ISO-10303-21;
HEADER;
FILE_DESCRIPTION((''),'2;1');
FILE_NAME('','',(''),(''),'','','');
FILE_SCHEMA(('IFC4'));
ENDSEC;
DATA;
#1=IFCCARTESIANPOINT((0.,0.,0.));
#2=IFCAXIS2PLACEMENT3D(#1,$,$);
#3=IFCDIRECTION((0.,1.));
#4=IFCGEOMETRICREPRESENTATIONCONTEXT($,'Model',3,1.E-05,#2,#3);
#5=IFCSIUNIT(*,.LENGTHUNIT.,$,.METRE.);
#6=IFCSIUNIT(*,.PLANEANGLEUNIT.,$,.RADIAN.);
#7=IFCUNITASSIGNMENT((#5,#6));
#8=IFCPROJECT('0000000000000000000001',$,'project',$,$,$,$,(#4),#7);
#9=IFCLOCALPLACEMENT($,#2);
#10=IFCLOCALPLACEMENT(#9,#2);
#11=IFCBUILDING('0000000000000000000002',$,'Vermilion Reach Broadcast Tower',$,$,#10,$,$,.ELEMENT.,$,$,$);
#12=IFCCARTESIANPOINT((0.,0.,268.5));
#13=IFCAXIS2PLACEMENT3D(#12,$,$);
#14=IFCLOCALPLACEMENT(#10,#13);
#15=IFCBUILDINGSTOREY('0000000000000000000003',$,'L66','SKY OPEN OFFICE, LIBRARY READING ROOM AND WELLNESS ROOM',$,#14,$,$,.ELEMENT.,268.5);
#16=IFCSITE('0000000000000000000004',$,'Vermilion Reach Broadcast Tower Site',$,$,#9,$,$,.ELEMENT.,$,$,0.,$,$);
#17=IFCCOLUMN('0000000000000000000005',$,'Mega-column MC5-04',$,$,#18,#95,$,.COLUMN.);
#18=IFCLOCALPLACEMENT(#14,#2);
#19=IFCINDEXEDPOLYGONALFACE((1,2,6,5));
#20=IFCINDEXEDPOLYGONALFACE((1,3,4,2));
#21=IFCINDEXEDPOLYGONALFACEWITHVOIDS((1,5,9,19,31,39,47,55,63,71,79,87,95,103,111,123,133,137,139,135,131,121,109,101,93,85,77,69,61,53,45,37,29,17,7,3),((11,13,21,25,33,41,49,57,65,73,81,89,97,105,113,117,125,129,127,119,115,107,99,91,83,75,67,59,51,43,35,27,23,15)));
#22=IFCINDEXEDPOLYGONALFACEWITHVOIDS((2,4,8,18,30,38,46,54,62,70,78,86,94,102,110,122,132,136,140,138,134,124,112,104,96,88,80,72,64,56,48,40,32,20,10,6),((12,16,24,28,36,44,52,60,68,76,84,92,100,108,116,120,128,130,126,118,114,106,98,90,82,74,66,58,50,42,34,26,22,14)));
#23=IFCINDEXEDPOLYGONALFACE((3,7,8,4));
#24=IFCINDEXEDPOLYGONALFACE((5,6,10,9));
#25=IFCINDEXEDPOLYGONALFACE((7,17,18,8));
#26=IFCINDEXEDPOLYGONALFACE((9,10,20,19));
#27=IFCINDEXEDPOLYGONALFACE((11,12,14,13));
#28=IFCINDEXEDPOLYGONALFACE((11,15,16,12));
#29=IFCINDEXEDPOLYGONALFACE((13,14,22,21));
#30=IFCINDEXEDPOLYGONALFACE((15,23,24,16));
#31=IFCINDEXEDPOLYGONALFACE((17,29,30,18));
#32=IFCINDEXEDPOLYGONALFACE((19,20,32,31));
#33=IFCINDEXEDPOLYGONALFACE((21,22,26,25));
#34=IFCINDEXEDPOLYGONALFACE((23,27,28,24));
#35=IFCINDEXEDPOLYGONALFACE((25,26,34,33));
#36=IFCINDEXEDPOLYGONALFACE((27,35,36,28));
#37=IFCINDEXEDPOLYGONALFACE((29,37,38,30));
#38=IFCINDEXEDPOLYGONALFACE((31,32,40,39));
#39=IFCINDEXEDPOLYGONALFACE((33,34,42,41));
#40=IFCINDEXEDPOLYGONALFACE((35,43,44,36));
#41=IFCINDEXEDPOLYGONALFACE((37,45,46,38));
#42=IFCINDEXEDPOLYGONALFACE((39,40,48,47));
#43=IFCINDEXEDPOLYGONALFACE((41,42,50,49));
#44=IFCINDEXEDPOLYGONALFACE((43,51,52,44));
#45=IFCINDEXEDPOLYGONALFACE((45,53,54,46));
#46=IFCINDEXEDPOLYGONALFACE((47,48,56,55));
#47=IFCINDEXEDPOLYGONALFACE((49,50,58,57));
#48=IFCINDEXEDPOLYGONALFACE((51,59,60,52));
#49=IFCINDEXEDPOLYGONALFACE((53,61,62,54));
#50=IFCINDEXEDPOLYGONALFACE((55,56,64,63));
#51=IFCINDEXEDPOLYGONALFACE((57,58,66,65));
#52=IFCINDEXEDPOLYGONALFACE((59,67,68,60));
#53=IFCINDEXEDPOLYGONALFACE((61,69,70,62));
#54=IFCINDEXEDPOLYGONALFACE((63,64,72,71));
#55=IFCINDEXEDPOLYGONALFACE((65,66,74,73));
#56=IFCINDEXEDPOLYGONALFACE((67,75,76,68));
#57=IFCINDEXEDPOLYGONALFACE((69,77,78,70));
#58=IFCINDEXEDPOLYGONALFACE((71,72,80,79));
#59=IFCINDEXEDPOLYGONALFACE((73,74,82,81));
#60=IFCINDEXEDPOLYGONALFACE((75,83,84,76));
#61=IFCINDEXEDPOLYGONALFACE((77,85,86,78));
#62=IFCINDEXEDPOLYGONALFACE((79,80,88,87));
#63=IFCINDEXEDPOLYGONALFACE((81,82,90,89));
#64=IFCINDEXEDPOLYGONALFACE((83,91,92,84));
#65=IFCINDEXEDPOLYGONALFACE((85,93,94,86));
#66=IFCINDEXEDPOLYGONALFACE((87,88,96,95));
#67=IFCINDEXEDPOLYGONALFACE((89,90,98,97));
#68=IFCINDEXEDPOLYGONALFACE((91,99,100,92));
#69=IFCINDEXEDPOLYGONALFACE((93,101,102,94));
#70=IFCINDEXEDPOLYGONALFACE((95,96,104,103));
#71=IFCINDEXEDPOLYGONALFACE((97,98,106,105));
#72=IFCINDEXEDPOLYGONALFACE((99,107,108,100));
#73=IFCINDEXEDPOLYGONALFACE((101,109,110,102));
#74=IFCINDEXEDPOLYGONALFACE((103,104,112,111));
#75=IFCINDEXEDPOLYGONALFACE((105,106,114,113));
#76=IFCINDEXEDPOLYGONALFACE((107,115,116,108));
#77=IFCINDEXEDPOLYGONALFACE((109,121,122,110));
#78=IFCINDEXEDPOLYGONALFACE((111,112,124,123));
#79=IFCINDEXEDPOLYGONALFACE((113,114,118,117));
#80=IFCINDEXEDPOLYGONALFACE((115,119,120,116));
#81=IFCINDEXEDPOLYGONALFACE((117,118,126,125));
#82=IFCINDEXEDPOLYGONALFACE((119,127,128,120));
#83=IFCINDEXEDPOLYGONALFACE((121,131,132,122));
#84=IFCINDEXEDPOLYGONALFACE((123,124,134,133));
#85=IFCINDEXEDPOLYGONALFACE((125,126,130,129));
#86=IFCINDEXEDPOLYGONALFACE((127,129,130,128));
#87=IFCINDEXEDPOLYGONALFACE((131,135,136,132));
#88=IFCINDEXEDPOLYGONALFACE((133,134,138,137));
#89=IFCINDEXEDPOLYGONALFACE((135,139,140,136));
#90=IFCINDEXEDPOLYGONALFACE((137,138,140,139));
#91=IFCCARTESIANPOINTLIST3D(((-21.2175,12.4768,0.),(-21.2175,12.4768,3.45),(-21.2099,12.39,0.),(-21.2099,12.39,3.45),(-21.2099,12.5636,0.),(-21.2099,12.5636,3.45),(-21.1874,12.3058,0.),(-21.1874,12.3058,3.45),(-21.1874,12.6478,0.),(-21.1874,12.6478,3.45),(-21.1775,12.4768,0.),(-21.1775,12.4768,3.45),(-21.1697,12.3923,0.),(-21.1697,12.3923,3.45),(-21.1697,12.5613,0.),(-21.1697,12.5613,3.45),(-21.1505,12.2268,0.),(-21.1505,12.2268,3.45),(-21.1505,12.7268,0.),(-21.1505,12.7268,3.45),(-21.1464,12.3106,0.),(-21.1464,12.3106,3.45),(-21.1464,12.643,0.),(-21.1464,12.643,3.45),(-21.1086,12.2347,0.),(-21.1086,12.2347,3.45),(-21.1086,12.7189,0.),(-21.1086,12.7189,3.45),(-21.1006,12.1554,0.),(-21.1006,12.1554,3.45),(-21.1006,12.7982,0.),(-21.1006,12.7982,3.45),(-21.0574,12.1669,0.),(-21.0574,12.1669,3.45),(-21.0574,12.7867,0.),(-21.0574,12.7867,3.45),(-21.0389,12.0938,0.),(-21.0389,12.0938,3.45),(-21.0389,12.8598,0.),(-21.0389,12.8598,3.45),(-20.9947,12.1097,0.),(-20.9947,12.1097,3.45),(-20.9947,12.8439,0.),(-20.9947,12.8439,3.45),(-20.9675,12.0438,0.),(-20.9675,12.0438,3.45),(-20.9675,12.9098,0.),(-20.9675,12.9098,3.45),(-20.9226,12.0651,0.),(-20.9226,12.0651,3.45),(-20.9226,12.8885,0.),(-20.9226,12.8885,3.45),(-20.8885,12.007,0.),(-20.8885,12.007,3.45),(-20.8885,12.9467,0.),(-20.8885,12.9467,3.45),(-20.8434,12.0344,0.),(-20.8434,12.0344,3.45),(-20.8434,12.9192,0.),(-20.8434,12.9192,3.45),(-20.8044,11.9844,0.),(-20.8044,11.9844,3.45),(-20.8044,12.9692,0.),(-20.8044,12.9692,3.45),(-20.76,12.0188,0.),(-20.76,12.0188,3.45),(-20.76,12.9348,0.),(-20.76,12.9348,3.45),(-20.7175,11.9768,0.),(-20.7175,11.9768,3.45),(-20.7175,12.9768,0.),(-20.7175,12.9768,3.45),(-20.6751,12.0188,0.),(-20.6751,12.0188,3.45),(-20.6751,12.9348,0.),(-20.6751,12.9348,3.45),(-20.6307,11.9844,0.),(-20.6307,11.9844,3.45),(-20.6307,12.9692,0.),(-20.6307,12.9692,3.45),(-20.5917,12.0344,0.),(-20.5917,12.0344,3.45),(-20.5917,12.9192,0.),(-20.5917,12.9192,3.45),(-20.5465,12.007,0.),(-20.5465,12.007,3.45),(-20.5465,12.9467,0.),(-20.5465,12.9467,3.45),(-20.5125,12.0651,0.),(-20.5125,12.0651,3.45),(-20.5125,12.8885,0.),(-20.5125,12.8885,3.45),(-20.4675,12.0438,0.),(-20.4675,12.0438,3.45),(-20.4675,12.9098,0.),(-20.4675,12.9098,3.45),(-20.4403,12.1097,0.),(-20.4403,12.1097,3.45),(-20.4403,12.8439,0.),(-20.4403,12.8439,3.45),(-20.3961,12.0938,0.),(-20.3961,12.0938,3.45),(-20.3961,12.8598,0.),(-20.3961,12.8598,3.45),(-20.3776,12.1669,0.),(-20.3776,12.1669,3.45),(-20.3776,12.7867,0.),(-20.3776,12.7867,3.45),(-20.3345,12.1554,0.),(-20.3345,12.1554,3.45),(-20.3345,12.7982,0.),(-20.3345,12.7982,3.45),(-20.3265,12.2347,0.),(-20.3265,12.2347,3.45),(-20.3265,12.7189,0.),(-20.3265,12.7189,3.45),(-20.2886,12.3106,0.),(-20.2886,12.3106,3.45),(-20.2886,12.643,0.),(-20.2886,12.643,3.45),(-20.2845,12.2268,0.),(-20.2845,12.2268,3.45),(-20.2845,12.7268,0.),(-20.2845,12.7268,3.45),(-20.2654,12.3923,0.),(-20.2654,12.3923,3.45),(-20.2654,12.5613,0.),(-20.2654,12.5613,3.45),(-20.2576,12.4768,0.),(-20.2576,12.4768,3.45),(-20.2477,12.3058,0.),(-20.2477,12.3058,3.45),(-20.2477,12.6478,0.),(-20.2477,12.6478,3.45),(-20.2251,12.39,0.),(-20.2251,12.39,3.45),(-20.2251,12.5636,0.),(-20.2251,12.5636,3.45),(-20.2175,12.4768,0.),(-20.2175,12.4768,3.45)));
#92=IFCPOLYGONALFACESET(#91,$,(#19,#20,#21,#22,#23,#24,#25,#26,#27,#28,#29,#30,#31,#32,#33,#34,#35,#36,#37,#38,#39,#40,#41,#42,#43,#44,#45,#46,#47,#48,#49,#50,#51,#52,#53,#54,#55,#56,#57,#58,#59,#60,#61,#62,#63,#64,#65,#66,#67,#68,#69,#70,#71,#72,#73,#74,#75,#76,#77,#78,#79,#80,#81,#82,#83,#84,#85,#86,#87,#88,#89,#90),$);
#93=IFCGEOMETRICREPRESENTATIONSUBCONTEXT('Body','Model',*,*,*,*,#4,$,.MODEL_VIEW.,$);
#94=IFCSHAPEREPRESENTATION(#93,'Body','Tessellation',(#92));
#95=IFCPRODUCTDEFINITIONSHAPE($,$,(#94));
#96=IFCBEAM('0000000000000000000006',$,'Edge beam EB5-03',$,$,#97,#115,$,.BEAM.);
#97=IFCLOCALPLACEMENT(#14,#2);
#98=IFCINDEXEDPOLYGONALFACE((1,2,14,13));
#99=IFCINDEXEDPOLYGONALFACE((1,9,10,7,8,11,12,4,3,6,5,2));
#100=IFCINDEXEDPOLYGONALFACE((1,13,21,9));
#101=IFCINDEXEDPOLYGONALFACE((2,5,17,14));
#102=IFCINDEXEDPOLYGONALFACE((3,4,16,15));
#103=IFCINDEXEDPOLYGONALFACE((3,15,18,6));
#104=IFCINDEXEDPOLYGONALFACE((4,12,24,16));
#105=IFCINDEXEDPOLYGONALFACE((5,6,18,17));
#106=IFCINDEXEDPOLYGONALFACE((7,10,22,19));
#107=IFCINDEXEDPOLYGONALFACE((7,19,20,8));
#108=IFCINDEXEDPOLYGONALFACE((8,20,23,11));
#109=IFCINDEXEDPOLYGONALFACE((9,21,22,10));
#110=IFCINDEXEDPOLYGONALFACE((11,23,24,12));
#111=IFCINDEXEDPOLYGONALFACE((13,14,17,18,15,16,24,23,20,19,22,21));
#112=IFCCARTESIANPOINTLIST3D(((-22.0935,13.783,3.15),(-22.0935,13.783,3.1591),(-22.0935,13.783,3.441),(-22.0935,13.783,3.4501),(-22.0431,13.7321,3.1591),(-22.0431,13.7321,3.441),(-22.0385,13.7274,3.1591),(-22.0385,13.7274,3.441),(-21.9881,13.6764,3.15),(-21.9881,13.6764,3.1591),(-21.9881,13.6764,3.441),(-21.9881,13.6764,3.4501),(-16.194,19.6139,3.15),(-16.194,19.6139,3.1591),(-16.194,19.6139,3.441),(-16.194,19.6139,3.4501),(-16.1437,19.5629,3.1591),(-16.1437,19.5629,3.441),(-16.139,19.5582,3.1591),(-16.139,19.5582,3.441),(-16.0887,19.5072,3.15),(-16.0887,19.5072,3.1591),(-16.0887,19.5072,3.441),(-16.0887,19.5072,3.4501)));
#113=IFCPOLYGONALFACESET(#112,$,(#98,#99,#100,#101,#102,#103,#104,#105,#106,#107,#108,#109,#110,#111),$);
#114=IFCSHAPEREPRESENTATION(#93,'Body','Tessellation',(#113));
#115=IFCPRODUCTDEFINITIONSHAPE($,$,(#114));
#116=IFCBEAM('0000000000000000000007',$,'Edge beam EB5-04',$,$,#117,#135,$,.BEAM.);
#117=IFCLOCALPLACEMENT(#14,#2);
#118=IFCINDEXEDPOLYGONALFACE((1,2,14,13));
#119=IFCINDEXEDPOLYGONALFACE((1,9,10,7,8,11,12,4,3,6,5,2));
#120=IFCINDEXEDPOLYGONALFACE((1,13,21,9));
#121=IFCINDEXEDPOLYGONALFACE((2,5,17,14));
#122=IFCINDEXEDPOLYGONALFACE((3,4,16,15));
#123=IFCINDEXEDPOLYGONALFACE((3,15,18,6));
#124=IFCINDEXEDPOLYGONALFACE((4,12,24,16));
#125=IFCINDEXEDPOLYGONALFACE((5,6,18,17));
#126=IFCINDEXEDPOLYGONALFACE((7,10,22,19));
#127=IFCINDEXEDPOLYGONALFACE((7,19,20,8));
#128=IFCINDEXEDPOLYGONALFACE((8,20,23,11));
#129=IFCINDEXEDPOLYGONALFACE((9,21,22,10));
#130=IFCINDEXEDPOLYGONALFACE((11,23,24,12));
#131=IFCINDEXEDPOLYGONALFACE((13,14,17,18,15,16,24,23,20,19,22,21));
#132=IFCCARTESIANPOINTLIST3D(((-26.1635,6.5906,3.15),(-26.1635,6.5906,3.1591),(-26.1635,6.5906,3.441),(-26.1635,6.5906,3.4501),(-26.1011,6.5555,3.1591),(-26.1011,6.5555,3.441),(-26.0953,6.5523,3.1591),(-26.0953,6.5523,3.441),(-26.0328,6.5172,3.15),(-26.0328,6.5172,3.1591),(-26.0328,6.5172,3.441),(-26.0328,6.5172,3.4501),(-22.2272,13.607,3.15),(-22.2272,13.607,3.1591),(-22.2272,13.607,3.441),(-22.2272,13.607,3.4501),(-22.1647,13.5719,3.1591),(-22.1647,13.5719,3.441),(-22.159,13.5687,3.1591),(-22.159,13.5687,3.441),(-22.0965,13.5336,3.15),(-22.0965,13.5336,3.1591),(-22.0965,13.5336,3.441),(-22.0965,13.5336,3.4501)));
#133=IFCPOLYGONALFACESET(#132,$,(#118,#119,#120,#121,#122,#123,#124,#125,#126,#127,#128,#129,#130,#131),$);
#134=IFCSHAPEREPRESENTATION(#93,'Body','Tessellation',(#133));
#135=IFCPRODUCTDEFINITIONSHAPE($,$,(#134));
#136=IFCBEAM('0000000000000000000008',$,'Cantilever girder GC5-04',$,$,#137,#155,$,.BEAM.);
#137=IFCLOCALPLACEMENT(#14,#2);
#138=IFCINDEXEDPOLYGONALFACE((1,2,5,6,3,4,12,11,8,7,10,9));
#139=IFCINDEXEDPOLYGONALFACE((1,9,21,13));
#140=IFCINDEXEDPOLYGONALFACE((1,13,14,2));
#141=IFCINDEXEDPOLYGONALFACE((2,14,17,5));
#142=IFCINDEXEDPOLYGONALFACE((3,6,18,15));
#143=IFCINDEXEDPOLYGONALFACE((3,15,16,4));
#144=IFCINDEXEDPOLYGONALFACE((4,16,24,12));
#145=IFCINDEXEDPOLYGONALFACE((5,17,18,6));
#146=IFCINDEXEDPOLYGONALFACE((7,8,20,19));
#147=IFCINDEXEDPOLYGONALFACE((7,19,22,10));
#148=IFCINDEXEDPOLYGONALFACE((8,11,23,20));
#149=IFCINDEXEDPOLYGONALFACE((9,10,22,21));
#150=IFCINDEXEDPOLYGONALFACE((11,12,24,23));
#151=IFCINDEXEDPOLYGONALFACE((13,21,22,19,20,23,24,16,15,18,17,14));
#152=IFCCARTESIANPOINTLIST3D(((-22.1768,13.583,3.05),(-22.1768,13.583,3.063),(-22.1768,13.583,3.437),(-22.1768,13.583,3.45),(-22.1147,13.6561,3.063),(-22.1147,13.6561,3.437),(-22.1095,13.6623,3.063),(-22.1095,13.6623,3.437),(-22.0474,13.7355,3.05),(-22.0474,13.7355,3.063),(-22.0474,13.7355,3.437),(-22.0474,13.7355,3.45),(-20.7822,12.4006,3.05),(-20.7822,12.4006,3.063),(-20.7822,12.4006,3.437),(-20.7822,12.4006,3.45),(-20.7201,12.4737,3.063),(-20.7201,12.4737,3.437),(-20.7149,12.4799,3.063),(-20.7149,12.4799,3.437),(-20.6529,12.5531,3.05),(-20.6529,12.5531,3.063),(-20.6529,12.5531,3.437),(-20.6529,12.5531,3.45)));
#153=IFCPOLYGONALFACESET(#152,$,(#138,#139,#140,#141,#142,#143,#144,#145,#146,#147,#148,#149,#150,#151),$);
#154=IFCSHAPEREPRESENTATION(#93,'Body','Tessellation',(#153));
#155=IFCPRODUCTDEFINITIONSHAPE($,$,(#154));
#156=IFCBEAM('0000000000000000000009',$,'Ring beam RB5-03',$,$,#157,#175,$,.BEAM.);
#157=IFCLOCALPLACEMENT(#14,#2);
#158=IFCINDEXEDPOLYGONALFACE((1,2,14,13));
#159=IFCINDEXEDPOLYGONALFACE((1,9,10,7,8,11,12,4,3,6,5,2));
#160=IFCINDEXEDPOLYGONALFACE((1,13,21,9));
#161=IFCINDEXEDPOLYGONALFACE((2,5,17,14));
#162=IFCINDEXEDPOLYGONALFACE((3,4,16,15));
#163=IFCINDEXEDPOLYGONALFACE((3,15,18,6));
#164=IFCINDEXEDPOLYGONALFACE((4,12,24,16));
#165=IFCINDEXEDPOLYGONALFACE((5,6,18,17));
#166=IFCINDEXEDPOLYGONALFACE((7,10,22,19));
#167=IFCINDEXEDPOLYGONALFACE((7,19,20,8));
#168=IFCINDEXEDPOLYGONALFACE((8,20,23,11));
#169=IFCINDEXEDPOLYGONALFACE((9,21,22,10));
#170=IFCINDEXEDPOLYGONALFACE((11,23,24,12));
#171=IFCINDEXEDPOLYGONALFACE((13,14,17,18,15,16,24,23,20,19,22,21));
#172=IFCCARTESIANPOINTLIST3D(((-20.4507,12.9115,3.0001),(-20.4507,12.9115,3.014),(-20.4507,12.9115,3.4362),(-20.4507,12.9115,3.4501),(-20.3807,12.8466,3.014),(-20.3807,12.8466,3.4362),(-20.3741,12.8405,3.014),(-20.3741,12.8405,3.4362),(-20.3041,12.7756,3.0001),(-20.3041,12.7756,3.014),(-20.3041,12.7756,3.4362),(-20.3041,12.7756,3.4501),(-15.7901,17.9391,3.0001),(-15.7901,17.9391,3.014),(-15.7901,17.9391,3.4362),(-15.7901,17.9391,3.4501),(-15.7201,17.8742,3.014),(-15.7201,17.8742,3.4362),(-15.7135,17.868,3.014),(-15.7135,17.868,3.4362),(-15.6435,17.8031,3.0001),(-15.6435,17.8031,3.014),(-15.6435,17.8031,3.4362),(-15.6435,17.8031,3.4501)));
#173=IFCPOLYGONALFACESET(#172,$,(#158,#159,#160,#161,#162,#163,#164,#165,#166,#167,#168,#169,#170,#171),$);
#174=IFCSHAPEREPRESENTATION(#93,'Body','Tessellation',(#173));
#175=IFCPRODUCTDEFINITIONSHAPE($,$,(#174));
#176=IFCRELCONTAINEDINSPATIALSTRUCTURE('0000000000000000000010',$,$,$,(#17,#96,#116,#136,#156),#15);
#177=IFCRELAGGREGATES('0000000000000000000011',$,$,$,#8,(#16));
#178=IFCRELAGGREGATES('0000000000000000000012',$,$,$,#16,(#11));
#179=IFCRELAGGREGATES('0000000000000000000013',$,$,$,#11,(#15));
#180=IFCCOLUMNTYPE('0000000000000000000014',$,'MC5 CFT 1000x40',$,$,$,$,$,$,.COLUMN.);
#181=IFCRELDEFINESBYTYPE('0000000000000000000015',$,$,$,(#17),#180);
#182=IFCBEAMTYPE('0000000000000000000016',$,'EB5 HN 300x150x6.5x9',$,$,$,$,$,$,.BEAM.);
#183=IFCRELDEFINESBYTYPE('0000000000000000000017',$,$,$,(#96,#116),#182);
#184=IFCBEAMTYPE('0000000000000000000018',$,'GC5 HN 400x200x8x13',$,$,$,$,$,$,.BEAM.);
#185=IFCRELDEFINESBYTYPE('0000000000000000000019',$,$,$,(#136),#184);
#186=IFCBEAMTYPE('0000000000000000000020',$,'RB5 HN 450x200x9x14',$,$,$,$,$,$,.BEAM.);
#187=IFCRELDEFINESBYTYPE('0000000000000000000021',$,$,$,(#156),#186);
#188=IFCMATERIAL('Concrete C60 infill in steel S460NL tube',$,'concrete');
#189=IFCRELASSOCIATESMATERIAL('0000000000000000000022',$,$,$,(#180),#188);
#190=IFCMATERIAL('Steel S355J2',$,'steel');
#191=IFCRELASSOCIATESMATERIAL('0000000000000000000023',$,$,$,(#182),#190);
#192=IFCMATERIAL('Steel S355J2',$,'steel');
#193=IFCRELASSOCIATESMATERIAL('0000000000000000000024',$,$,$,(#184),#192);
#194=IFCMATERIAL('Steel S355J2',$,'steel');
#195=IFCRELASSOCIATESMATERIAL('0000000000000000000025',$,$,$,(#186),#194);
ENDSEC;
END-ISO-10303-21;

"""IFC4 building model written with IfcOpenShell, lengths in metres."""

from ifc_helpers import new_model, si_unit, direction, frame, origin, origin_2d, place, context, subcontext, project, spatial, hollow_circle, i_section, extrude, material, material_profile, profile_set, type_object, element, save


model = new_model("IFC4")

# Units and contexts
model_context = context("Model", 3, precision=1e-05, world=origin(), true_north=direction((0.0, 1.0)))
body_context = subcontext(model_context, "Body", "Model", "MODEL_VIEW")
ifc_project = project(units=[si_unit("LENGTHUNIT", "METRE"), si_unit("PLANEANGLEUNIT", "RADIAN")], contexts=[model_context])

# Site, building, storey
site_placement = place(None, origin())
site = spatial("IfcSite", under=ifc_project, at=site_placement, Name="Vermilion Reach Broadcast Tower Site", CompositionType="ELEMENT", RefElevation=0.0)
building_placement = place(site_placement, origin())
building = spatial("IfcBuilding", under=site, at=building_placement, Name="Vermilion Reach Broadcast Tower", CompositionType="ELEMENT")
storey_placement = place(building_placement, frame((0.0, 0.0, 268.5)))
storey = spatial("IfcBuildingStorey", under=building, at=storey_placement, Name="L66", Description="SKY OPEN OFFICE, LIBRARY READING ROOM AND WELLNESS ROOM", CompositionType="ELEMENT", Elevation=268.5)

# Column
ifc_material_1 = material(Name="Concrete C60 infill in steel S460NL tube", Category="concrete")
ifc_material_profile_1 = material_profile(ifc_material_1, hollow_circle(Radius=0.5, WallThickness=0.04, at=origin_2d()), Name="Concrete C60 infill in steel S460NL tube CFT 1000x40")
ifc_profile_set_1 = profile_set([ifc_material_profile_1], Name="Concrete C60 infill in steel S460NL tube")
column_type = type_object("IfcColumnType", Name="MC5 CFT 1000x40", PredefinedType="COLUMN", material=ifc_profile_set_1)
column_placement = place(storey_placement, frame((-20.7175, 12.4768, 0.0), z_axis=(0.0, 0.0, 1.0), x_axis=(1.0, 0.0, 0.0)))
element("IfcColumn", 1, at=column_placement, inside=storey, type_object=column_type, Name="Mega-column MC5-04", PredefinedType="COLUMN", context=body_context, shape_type="SweptSolid", body=[
    extrude(hollow_circle(Radius=0.5, WallThickness=0.04, at=origin_2d()), origin(), (0.0, 0.0, 1.0), 3.45),
])

# Beams
ifc_material_2 = material(Name="Steel S355J2", Category="steel")
ifc_material_profile_2 = material_profile(ifc_material_2, i_section(OverallWidth=0.1499, OverallDepth=0.3, WebThickness=0.0066, FlangeThickness=0.009, at=origin_2d()), Name="S355J2 HN 300x150x6.5x9")
ifc_profile_set_2 = profile_set([ifc_material_profile_2], Name="Steel S355J2")
beam_type_1 = type_object("IfcBeamType", Name="EB5 HN 300x150x6.5x9", PredefinedType="BEAM", material=ifc_profile_set_2)
beam_1_placement = place(storey_placement, frame((-16.1414, 19.5605, 3.3), z_axis=(-0.71123, -0.702959, 0.0), x_axis=(0.702959, -0.71123, 0.0)))
element("IfcBeam", 2, at=beam_1_placement, inside=storey, type_object=beam_type_1, Name="Edge beam EB5-03", PredefinedType="BEAM", context=body_context, shape_type="SweptSolid", body=[
    extrude(i_section(OverallWidth=0.1499, OverallDepth=0.3, WebThickness=0.0066, FlangeThickness=0.009, at=origin_2d()), origin(), (0.0, 0.0, 1.0), 8.2947),
])
beam_2_placement = place(storey_placement, frame((-22.1619, 13.5703, 3.3), z_axis=(-0.489277, -0.872129, 0.0), x_axis=(0.872129, -0.489277, 0.0)))
element("IfcBeam", 3, at=beam_2_placement, inside=storey, type_object=beam_type_1, Name="Edge beam EB5-04", PredefinedType="BEAM", context=body_context, shape_type="SweptSolid", body=[
    extrude(i_section(OverallWidth=0.1499, OverallDepth=0.3, WebThickness=0.0066, FlangeThickness=0.009, at=origin_2d()), origin(), (0.0, 0.0, 1.0), 8.0452),
])
ifc_material_3 = material(Name="Steel S355J2", Category="steel")
ifc_material_profile_3 = material_profile(ifc_material_3, i_section(OverallWidth=0.2, OverallDepth=0.3999, WebThickness=0.0081, FlangeThickness=0.0129, at=origin_2d()), Name="S355J2 HN 400x200x8x13")
ifc_profile_set_3 = profile_set([ifc_material_profile_3], Name="Steel S355J2")
beam_type_2 = type_object("IfcBeamType", Name="GC5 HN 400x200x8x13", PredefinedType="BEAM", material=ifc_profile_set_3)
beam_3_placement = place(storey_placement, frame((-20.7175, 12.4768, 3.25), z_axis=(-0.762743, 0.646702, 0.0), x_axis=(-0.646702, -0.762743, 0.0)))
element("IfcBeam", 4, at=beam_3_placement, inside=storey, type_object=beam_type_2, Name="Cantilever girder GC5-04", PredefinedType="BEAM", context=body_context, shape_type="SweptSolid", body=[
    extrude(i_section(OverallWidth=0.2, OverallDepth=0.3999, WebThickness=0.0081, FlangeThickness=0.0129, at=origin_2d()), origin(), (0.0, 0.0, 1.0), 1.8284),
])
ifc_material_4 = material(Name="Steel S355J2", Category="steel")
ifc_material_profile_4 = material_profile(ifc_material_4, i_section(OverallWidth=0.2, OverallDepth=0.45, WebThickness=0.009, FlangeThickness=0.0139, at=origin_2d()), Name="S355J2 HN 450x200x9x14")
ifc_profile_set_4 = profile_set([ifc_material_profile_4], Name="Steel S355J2")
beam_type_3 = type_object("IfcBeamType", Name="RB5 HN 450x200x9x14", PredefinedType="BEAM", material=ifc_profile_set_4)
beam_4_placement = place(storey_placement, frame((-15.7168, 17.8711, 3.2251), z_axis=(-0.679838, -0.733363, 0.0), x_axis=(0.733363, -0.679838, 0.0)))
element("IfcBeam", 5, at=beam_4_placement, inside=storey, type_object=beam_type_3, Name="Ring beam RB5-03", PredefinedType="BEAM", context=body_context, shape_type="SweptSolid", body=[
    extrude(i_section(OverallWidth=0.2, OverallDepth=0.45, WebThickness=0.009, FlangeThickness=0.0139, at=origin_2d()), origin(), (0.0, 0.0, 1.0), 6.8555),
])

save(model, "model.ifc")
